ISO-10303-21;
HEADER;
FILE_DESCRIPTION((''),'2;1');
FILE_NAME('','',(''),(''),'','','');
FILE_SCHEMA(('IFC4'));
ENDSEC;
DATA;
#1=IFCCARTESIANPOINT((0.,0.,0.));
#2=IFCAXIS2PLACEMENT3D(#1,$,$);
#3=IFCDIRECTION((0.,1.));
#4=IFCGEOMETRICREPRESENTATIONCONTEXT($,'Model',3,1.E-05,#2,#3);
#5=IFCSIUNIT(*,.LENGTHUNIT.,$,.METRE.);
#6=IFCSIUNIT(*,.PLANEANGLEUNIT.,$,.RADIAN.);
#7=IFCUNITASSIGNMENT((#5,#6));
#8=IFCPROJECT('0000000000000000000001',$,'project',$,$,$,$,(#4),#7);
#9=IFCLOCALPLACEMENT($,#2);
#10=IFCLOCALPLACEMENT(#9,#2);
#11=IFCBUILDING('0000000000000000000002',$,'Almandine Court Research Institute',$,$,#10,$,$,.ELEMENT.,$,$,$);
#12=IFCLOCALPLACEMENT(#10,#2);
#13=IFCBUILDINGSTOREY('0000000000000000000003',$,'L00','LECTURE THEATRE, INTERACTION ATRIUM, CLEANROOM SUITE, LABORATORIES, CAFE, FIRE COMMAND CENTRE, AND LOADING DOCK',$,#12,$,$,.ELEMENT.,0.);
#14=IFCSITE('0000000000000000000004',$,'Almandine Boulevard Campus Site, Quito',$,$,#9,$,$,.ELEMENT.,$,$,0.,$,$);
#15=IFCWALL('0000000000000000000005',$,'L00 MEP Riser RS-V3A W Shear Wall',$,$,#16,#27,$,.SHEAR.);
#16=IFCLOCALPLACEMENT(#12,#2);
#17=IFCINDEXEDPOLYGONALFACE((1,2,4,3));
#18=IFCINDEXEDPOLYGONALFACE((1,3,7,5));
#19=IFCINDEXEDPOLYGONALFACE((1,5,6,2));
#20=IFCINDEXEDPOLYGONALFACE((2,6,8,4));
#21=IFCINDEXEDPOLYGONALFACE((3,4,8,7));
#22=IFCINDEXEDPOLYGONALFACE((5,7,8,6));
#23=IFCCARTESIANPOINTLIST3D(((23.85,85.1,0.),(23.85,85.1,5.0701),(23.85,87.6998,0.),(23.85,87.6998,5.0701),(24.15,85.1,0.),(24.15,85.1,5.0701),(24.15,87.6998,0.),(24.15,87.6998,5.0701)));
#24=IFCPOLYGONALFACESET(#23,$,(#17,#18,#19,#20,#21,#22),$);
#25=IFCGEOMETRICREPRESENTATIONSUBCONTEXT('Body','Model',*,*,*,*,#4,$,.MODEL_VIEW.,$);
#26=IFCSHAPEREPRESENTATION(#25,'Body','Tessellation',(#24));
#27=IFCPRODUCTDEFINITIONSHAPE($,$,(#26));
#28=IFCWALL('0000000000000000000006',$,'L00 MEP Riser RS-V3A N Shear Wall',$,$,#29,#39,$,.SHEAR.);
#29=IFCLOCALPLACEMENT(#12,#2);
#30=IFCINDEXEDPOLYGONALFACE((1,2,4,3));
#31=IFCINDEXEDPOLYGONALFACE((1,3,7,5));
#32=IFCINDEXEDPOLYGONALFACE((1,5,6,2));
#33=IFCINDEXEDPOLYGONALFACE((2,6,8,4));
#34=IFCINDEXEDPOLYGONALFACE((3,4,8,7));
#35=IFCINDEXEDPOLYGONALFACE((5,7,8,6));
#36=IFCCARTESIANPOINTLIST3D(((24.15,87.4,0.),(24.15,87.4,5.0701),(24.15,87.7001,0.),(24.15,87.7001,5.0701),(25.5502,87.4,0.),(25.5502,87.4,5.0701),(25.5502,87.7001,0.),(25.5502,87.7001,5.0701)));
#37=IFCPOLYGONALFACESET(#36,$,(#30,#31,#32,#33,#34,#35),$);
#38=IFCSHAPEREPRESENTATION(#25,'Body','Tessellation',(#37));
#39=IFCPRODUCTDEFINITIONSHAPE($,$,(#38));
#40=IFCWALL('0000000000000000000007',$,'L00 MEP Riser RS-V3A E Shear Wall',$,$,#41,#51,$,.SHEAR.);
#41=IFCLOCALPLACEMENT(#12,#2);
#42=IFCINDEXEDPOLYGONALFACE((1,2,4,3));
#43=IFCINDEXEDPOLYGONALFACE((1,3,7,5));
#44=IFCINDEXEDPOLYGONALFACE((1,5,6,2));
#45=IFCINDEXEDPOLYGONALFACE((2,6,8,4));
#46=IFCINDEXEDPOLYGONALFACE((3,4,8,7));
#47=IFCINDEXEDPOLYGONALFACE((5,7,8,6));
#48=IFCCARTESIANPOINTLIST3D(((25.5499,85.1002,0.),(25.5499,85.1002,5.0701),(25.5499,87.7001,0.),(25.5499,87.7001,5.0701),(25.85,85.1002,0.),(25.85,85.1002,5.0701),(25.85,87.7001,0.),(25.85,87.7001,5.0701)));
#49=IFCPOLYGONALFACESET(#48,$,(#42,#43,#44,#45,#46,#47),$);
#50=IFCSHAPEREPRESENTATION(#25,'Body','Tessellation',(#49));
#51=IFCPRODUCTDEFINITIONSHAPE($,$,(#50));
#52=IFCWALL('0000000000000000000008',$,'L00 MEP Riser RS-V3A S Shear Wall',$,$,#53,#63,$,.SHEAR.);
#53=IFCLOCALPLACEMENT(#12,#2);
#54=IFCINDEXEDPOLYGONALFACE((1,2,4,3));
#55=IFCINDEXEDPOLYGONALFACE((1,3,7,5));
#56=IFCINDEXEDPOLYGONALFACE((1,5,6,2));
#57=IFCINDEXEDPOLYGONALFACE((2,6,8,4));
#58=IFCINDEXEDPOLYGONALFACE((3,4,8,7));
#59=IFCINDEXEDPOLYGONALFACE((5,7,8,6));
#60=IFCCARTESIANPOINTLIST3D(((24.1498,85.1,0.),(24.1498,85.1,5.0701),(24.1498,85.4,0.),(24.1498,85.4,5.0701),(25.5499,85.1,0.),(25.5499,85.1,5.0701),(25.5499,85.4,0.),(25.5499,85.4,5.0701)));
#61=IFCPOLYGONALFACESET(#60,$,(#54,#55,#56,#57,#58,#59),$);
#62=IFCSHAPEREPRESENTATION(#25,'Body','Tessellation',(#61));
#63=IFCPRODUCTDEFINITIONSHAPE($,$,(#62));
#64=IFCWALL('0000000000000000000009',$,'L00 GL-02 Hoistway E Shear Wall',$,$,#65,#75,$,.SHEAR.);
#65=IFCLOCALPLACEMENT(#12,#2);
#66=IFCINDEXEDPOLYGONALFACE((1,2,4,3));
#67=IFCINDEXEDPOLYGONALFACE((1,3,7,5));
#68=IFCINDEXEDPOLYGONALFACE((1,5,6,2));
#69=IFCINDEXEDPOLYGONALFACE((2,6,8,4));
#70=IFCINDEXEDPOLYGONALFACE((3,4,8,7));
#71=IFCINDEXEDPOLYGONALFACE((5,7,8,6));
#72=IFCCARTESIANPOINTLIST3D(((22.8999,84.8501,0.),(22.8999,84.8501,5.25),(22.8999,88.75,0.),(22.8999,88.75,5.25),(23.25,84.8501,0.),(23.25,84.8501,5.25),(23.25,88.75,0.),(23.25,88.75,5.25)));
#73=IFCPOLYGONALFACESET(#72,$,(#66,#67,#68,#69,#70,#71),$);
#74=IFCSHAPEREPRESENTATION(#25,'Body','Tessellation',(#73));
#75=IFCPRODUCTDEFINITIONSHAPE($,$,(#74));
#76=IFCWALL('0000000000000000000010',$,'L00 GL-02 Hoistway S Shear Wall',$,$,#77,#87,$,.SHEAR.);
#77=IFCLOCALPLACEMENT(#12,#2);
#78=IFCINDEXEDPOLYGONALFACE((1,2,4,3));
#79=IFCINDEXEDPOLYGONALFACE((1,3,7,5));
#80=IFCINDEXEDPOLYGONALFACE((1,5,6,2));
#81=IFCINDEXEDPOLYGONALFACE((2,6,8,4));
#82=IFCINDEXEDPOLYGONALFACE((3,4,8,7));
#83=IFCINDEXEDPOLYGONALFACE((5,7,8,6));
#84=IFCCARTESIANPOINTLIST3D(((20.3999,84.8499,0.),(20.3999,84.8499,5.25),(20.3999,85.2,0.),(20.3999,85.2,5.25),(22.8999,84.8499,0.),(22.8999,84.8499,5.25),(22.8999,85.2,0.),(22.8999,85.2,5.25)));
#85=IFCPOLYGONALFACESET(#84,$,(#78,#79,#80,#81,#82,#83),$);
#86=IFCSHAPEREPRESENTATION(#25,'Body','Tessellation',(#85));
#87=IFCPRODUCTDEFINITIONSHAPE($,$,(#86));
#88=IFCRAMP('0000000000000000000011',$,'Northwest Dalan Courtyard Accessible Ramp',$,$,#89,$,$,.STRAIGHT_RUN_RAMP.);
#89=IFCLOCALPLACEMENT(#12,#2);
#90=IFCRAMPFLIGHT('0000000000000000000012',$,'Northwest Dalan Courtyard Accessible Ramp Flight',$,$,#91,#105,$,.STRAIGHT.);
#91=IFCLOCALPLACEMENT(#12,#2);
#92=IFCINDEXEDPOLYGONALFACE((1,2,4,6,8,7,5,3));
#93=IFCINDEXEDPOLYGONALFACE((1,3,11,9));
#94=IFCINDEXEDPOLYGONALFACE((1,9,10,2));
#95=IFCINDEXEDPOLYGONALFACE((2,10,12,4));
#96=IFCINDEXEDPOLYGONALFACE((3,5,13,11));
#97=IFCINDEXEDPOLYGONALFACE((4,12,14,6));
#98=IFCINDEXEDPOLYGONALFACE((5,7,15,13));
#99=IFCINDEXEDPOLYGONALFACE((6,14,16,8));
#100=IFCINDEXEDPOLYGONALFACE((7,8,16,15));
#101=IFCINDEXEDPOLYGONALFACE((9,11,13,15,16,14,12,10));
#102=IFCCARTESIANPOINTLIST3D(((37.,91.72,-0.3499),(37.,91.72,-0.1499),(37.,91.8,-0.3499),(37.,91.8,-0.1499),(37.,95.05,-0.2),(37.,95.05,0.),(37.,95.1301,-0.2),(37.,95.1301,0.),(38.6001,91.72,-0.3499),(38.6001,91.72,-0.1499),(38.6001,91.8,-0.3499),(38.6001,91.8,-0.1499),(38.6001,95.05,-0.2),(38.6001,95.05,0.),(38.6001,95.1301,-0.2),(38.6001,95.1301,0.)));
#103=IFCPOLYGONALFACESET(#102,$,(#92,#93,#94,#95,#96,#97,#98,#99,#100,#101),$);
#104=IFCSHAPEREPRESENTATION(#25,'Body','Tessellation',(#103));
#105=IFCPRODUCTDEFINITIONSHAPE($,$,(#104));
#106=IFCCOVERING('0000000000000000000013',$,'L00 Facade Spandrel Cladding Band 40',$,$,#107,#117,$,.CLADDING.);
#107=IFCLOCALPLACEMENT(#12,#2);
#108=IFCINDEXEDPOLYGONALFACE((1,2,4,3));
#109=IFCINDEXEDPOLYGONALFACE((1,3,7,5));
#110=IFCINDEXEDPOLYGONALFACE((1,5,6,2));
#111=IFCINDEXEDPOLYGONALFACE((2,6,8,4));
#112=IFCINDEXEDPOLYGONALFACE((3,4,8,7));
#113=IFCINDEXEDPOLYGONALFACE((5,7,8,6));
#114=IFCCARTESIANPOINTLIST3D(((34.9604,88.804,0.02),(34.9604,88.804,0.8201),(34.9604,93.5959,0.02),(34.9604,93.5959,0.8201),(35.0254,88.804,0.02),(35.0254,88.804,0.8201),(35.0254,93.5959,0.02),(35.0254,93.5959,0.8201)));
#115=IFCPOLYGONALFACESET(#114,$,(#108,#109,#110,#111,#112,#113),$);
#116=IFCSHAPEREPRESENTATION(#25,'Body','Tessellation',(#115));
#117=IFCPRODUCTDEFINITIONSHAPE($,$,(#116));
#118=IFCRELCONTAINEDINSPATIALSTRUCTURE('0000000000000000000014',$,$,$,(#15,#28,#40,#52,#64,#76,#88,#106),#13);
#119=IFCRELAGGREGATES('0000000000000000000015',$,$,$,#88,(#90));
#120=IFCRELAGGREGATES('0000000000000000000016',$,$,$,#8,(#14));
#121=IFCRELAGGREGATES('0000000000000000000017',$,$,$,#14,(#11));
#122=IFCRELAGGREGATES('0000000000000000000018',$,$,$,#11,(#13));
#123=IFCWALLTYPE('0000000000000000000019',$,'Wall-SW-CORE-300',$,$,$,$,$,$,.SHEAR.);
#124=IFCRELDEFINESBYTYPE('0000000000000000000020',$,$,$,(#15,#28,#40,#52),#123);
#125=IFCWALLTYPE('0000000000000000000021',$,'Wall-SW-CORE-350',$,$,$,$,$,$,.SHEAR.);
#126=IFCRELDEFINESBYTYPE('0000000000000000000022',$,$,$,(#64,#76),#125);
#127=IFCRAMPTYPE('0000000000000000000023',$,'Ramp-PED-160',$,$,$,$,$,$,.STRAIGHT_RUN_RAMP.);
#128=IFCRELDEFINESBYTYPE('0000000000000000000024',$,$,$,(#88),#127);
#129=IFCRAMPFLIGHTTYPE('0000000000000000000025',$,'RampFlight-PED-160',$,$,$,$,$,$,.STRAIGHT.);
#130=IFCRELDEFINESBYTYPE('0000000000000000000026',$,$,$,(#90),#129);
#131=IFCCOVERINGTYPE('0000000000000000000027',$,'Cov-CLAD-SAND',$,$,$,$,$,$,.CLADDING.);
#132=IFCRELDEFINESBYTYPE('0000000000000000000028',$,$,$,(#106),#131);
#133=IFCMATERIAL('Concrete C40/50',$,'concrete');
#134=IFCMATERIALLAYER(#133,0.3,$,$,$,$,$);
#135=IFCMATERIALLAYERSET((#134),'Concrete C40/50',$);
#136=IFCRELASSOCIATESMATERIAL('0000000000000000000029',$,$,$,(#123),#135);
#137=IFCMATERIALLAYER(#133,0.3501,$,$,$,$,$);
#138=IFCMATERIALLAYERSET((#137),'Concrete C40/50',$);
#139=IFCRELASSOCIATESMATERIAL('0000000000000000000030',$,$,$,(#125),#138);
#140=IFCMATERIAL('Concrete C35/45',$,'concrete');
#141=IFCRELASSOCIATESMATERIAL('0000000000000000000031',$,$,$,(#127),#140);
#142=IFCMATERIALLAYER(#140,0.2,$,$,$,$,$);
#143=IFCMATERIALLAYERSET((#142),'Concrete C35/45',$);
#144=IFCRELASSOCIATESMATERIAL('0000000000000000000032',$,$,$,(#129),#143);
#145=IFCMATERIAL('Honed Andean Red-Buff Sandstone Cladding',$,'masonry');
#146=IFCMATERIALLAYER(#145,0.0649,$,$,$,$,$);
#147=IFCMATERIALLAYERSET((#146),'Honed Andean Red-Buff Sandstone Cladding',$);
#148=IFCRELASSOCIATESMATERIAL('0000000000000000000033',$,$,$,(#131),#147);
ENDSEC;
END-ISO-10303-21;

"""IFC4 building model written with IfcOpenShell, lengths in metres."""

from ifc_helpers import new_model, si_unit, direction, frame, frame_2d, origin, origin_2d, place, context, subcontext, project, spatial, polyline, rectangle, outline, extrude, material, layer, layer_set, type_object, element, aggregate, save


model = new_model("IFC4")

# Units and contexts
model_context = context("Model", 3, precision=1e-05, world=origin(), true_north=direction((0.0, 1.0)))
body_context = subcontext(model_context, "Body", "Model", "MODEL_VIEW")
ifc_project = project(units=[si_unit("LENGTHUNIT", "METRE"), si_unit("PLANEANGLEUNIT", "RADIAN")], contexts=[model_context])

# Site, building, storey
site_placement = place(None, origin())
site = spatial("IfcSite", under=ifc_project, at=site_placement, Name="Almandine Boulevard Campus Site, Quito", CompositionType="ELEMENT", RefElevation=0.0)
building_placement = place(site_placement, origin())
building = spatial("IfcBuilding", under=site, at=building_placement, Name="Almandine Court Research Institute", CompositionType="ELEMENT")
storey_placement = place(building_placement, origin())
storey = spatial("IfcBuildingStorey", under=building, at=storey_placement, Name="L00", Description="LECTURE THEATRE, INTERACTION ATRIUM, CLEANROOM SUITE, LABORATORIES, CAFE, FIRE COMMAND CENTRE, AND LOADING DOCK", CompositionType="ELEMENT", Elevation=0.0)

# Walls
ifc_material_1 = material(Name="Concrete C40/50", Category="concrete")
ifc_layer_1 = layer(ifc_material_1, 0.3)
ifc_layer_set_1 = layer_set([ifc_layer_1], Name="Concrete C40/50")
wall_type_1 = type_object("IfcWallType", Name="Wall-SW-CORE-300", PredefinedType="SHEAR", material=ifc_layer_set_1)
wall_1_placement = place(storey_placement, frame((24.0, 85.1001, 0.0), z_axis=(0.0, 0.0, 1.0), x_axis=(0.0, 1.0, 0.0)))
element("IfcWall", 1, at=wall_1_placement, inside=storey, type_object=wall_type_1, Name="L00 MEP Riser RS-V3A W Shear Wall", PredefinedType="SHEAR", context=body_context, shape_type="SweptSolid", body=[
    extrude(rectangle(XDim=2.5999, YDim=0.3, at=frame_2d((1.2998, 0.0))), origin(), (0.0, 0.0, 1.0), 5.0701),
])
wall_2_placement = place(storey_placement, frame((24.1499, 87.55, 0.0), z_axis=(0.0, 0.0, 1.0), x_axis=(1.0, 0.0, 0.0)))
element("IfcWall", 2, at=wall_2_placement, inside=storey, type_object=wall_type_1, Name="L00 MEP Riser RS-V3A N Shear Wall", PredefinedType="SHEAR", context=body_context, shape_type="SweptSolid", body=[
    extrude(rectangle(XDim=1.4001, YDim=0.3, at=frame_2d((0.7002, 0.0))), origin(), (0.0, 0.0, 1.0), 5.0701),
])
wall_3_placement = place(storey_placement, frame((25.7, 87.7, 0.0), z_axis=(0.0, 0.0, 1.0), x_axis=(0.0, -1.0, 0.0)))
element("IfcWall", 3, at=wall_3_placement, inside=storey, type_object=wall_type_1, Name="L00 MEP Riser RS-V3A E Shear Wall", PredefinedType="SHEAR", context=body_context, shape_type="SweptSolid", body=[
    extrude(rectangle(XDim=2.5999, YDim=0.3, at=frame_2d((1.2998, 0.0))), origin(), (0.0, 0.0, 1.0), 5.0701),
])
wall_4_placement = place(storey_placement, frame((25.55, 85.25, 0.0), z_axis=(0.0, 0.0, 1.0), x_axis=(-1.0, 0.0, 0.0)))
element("IfcWall", 4, at=wall_4_placement, inside=storey, type_object=wall_type_1, Name="L00 MEP Riser RS-V3A S Shear Wall", PredefinedType="SHEAR", context=body_context, shape_type="SweptSolid", body=[
    extrude(rectangle(XDim=1.4001, YDim=0.3, at=frame_2d((0.7002, 0.0))), origin(), (0.0, 0.0, 1.0), 5.0701),
])
ifc_layer_2 = layer(ifc_material_1, 0.3501)
ifc_layer_set_2 = layer_set([ifc_layer_2], Name="Concrete C40/50")
wall_type_2 = type_object("IfcWallType", Name="Wall-SW-CORE-350", PredefinedType="SHEAR", material=ifc_layer_set_2)
wall_5_placement = place(storey_placement, frame((23.075, 88.75, 0.0), z_axis=(0.0, 0.0, 1.0), x_axis=(0.0, -1.0, 0.0)))
element("IfcWall", 5, at=wall_5_placement, inside=storey, type_object=wall_type_2, Name="L00 GL-02 Hoistway E Shear Wall", PredefinedType="SHEAR", context=body_context, shape_type="SweptSolid", body=[
    extrude(rectangle(XDim=3.8999, YDim=0.3501, at=frame_2d((1.95, 0.0))), origin(), (0.0, 0.0, 1.0), 5.25),
])
wall_6_placement = place(storey_placement, frame((22.8999, 85.0249, 0.0), z_axis=(0.0, 0.0, 1.0), x_axis=(-1.0, 0.0, 0.0)))
element("IfcWall", 6, at=wall_6_placement, inside=storey, type_object=wall_type_2, Name="L00 GL-02 Hoistway S Shear Wall", PredefinedType="SHEAR", context=body_context, shape_type="SweptSolid", body=[
    extrude(rectangle(XDim=2.5, YDim=0.3501, at=frame_2d((1.25, 0.0))), origin(), (0.0, 0.0, 1.0), 5.25),
])

# Ramp, ramp flight
ifc_material_2 = material(Name="Concrete C35/45", Category="concrete")
ramp_type = type_object("IfcRampType", Name="Ramp-PED-160", PredefinedType="STRAIGHT_RUN_RAMP", material=ifc_material_2)
ramp_placement = place(storey_placement, origin())
ramp = element("IfcRamp", 7, at=ramp_placement, inside=storey, type_object=ramp_type, Name="Northwest Dalan Courtyard Accessible Ramp", PredefinedType="STRAIGHT_RUN_RAMP")
ifc_layer_3 = layer(ifc_material_2, 0.2)
ifc_layer_set_3 = layer_set([ifc_layer_3], Name="Concrete C35/45")
ramp_flight_type = type_object("IfcRampFlightType", Name="RampFlight-PED-160", PredefinedType="STRAIGHT", material=ifc_layer_set_3)
ramp_flight_placement = place(storey_placement, frame((37.8, 91.8, -0.1499), z_axis=(0.0, 0.0, 1.0), x_axis=(0.0, 1.0, 0.0)))
ramp_flight = element("IfcRampFlight", 8, at=ramp_flight_placement, type_object=ramp_flight_type, Name="Northwest Dalan Courtyard Accessible Ramp Flight", PredefinedType="STRAIGHT", context=body_context, shape_type="SweptSolid", body=[
    extrude(outline(polyline([(-0.0801, -0.2), (-0.0801, 0.0), (0.0, 0.0), (3.25, 0.1499), (3.3301, 0.1499), (3.3301, -0.05), (3.25, -0.05), (0.0, -0.2), (-0.0801, -0.2)])), frame((0.0, 0.8, 0.0), z_axis=(0.0, -1.0, 0.0), x_axis=(1.0, 0.0, 0.0)), (0.0, 0.0, 1.0), 1.6001),
])
aggregate(ramp, [ramp_flight])

# Covering
ifc_material_3 = material(Name="Honed Andean Red-Buff Sandstone Cladding", Category="masonry")
ifc_layer_4 = layer(ifc_material_3, 0.0649)
ifc_layer_set_4 = layer_set([ifc_layer_4], Name="Honed Andean Red-Buff Sandstone Cladding")
covering_type = type_object("IfcCoveringType", Name="Cov-CLAD-SAND", PredefinedType="CLADDING", material=ifc_layer_set_4)
covering_placement = place(storey_placement, frame((34.9929, 91.2, 0.02), z_axis=(0.0, 0.0, 1.0), x_axis=(0.0, -1.0, 0.0)))
element("IfcCovering", 9, at=covering_placement, inside=storey, type_object=covering_type, Name="L00 Facade Spandrel Cladding Band 40", PredefinedType="CLADDING", context=body_context, shape_type="SweptSolid", body=[
    extrude(rectangle(XDim=4.792, YDim=0.0649, at=origin_2d()), origin(), (0.0, 0.0, 1.0), 0.8),
])

save(model, "model.ifc")
